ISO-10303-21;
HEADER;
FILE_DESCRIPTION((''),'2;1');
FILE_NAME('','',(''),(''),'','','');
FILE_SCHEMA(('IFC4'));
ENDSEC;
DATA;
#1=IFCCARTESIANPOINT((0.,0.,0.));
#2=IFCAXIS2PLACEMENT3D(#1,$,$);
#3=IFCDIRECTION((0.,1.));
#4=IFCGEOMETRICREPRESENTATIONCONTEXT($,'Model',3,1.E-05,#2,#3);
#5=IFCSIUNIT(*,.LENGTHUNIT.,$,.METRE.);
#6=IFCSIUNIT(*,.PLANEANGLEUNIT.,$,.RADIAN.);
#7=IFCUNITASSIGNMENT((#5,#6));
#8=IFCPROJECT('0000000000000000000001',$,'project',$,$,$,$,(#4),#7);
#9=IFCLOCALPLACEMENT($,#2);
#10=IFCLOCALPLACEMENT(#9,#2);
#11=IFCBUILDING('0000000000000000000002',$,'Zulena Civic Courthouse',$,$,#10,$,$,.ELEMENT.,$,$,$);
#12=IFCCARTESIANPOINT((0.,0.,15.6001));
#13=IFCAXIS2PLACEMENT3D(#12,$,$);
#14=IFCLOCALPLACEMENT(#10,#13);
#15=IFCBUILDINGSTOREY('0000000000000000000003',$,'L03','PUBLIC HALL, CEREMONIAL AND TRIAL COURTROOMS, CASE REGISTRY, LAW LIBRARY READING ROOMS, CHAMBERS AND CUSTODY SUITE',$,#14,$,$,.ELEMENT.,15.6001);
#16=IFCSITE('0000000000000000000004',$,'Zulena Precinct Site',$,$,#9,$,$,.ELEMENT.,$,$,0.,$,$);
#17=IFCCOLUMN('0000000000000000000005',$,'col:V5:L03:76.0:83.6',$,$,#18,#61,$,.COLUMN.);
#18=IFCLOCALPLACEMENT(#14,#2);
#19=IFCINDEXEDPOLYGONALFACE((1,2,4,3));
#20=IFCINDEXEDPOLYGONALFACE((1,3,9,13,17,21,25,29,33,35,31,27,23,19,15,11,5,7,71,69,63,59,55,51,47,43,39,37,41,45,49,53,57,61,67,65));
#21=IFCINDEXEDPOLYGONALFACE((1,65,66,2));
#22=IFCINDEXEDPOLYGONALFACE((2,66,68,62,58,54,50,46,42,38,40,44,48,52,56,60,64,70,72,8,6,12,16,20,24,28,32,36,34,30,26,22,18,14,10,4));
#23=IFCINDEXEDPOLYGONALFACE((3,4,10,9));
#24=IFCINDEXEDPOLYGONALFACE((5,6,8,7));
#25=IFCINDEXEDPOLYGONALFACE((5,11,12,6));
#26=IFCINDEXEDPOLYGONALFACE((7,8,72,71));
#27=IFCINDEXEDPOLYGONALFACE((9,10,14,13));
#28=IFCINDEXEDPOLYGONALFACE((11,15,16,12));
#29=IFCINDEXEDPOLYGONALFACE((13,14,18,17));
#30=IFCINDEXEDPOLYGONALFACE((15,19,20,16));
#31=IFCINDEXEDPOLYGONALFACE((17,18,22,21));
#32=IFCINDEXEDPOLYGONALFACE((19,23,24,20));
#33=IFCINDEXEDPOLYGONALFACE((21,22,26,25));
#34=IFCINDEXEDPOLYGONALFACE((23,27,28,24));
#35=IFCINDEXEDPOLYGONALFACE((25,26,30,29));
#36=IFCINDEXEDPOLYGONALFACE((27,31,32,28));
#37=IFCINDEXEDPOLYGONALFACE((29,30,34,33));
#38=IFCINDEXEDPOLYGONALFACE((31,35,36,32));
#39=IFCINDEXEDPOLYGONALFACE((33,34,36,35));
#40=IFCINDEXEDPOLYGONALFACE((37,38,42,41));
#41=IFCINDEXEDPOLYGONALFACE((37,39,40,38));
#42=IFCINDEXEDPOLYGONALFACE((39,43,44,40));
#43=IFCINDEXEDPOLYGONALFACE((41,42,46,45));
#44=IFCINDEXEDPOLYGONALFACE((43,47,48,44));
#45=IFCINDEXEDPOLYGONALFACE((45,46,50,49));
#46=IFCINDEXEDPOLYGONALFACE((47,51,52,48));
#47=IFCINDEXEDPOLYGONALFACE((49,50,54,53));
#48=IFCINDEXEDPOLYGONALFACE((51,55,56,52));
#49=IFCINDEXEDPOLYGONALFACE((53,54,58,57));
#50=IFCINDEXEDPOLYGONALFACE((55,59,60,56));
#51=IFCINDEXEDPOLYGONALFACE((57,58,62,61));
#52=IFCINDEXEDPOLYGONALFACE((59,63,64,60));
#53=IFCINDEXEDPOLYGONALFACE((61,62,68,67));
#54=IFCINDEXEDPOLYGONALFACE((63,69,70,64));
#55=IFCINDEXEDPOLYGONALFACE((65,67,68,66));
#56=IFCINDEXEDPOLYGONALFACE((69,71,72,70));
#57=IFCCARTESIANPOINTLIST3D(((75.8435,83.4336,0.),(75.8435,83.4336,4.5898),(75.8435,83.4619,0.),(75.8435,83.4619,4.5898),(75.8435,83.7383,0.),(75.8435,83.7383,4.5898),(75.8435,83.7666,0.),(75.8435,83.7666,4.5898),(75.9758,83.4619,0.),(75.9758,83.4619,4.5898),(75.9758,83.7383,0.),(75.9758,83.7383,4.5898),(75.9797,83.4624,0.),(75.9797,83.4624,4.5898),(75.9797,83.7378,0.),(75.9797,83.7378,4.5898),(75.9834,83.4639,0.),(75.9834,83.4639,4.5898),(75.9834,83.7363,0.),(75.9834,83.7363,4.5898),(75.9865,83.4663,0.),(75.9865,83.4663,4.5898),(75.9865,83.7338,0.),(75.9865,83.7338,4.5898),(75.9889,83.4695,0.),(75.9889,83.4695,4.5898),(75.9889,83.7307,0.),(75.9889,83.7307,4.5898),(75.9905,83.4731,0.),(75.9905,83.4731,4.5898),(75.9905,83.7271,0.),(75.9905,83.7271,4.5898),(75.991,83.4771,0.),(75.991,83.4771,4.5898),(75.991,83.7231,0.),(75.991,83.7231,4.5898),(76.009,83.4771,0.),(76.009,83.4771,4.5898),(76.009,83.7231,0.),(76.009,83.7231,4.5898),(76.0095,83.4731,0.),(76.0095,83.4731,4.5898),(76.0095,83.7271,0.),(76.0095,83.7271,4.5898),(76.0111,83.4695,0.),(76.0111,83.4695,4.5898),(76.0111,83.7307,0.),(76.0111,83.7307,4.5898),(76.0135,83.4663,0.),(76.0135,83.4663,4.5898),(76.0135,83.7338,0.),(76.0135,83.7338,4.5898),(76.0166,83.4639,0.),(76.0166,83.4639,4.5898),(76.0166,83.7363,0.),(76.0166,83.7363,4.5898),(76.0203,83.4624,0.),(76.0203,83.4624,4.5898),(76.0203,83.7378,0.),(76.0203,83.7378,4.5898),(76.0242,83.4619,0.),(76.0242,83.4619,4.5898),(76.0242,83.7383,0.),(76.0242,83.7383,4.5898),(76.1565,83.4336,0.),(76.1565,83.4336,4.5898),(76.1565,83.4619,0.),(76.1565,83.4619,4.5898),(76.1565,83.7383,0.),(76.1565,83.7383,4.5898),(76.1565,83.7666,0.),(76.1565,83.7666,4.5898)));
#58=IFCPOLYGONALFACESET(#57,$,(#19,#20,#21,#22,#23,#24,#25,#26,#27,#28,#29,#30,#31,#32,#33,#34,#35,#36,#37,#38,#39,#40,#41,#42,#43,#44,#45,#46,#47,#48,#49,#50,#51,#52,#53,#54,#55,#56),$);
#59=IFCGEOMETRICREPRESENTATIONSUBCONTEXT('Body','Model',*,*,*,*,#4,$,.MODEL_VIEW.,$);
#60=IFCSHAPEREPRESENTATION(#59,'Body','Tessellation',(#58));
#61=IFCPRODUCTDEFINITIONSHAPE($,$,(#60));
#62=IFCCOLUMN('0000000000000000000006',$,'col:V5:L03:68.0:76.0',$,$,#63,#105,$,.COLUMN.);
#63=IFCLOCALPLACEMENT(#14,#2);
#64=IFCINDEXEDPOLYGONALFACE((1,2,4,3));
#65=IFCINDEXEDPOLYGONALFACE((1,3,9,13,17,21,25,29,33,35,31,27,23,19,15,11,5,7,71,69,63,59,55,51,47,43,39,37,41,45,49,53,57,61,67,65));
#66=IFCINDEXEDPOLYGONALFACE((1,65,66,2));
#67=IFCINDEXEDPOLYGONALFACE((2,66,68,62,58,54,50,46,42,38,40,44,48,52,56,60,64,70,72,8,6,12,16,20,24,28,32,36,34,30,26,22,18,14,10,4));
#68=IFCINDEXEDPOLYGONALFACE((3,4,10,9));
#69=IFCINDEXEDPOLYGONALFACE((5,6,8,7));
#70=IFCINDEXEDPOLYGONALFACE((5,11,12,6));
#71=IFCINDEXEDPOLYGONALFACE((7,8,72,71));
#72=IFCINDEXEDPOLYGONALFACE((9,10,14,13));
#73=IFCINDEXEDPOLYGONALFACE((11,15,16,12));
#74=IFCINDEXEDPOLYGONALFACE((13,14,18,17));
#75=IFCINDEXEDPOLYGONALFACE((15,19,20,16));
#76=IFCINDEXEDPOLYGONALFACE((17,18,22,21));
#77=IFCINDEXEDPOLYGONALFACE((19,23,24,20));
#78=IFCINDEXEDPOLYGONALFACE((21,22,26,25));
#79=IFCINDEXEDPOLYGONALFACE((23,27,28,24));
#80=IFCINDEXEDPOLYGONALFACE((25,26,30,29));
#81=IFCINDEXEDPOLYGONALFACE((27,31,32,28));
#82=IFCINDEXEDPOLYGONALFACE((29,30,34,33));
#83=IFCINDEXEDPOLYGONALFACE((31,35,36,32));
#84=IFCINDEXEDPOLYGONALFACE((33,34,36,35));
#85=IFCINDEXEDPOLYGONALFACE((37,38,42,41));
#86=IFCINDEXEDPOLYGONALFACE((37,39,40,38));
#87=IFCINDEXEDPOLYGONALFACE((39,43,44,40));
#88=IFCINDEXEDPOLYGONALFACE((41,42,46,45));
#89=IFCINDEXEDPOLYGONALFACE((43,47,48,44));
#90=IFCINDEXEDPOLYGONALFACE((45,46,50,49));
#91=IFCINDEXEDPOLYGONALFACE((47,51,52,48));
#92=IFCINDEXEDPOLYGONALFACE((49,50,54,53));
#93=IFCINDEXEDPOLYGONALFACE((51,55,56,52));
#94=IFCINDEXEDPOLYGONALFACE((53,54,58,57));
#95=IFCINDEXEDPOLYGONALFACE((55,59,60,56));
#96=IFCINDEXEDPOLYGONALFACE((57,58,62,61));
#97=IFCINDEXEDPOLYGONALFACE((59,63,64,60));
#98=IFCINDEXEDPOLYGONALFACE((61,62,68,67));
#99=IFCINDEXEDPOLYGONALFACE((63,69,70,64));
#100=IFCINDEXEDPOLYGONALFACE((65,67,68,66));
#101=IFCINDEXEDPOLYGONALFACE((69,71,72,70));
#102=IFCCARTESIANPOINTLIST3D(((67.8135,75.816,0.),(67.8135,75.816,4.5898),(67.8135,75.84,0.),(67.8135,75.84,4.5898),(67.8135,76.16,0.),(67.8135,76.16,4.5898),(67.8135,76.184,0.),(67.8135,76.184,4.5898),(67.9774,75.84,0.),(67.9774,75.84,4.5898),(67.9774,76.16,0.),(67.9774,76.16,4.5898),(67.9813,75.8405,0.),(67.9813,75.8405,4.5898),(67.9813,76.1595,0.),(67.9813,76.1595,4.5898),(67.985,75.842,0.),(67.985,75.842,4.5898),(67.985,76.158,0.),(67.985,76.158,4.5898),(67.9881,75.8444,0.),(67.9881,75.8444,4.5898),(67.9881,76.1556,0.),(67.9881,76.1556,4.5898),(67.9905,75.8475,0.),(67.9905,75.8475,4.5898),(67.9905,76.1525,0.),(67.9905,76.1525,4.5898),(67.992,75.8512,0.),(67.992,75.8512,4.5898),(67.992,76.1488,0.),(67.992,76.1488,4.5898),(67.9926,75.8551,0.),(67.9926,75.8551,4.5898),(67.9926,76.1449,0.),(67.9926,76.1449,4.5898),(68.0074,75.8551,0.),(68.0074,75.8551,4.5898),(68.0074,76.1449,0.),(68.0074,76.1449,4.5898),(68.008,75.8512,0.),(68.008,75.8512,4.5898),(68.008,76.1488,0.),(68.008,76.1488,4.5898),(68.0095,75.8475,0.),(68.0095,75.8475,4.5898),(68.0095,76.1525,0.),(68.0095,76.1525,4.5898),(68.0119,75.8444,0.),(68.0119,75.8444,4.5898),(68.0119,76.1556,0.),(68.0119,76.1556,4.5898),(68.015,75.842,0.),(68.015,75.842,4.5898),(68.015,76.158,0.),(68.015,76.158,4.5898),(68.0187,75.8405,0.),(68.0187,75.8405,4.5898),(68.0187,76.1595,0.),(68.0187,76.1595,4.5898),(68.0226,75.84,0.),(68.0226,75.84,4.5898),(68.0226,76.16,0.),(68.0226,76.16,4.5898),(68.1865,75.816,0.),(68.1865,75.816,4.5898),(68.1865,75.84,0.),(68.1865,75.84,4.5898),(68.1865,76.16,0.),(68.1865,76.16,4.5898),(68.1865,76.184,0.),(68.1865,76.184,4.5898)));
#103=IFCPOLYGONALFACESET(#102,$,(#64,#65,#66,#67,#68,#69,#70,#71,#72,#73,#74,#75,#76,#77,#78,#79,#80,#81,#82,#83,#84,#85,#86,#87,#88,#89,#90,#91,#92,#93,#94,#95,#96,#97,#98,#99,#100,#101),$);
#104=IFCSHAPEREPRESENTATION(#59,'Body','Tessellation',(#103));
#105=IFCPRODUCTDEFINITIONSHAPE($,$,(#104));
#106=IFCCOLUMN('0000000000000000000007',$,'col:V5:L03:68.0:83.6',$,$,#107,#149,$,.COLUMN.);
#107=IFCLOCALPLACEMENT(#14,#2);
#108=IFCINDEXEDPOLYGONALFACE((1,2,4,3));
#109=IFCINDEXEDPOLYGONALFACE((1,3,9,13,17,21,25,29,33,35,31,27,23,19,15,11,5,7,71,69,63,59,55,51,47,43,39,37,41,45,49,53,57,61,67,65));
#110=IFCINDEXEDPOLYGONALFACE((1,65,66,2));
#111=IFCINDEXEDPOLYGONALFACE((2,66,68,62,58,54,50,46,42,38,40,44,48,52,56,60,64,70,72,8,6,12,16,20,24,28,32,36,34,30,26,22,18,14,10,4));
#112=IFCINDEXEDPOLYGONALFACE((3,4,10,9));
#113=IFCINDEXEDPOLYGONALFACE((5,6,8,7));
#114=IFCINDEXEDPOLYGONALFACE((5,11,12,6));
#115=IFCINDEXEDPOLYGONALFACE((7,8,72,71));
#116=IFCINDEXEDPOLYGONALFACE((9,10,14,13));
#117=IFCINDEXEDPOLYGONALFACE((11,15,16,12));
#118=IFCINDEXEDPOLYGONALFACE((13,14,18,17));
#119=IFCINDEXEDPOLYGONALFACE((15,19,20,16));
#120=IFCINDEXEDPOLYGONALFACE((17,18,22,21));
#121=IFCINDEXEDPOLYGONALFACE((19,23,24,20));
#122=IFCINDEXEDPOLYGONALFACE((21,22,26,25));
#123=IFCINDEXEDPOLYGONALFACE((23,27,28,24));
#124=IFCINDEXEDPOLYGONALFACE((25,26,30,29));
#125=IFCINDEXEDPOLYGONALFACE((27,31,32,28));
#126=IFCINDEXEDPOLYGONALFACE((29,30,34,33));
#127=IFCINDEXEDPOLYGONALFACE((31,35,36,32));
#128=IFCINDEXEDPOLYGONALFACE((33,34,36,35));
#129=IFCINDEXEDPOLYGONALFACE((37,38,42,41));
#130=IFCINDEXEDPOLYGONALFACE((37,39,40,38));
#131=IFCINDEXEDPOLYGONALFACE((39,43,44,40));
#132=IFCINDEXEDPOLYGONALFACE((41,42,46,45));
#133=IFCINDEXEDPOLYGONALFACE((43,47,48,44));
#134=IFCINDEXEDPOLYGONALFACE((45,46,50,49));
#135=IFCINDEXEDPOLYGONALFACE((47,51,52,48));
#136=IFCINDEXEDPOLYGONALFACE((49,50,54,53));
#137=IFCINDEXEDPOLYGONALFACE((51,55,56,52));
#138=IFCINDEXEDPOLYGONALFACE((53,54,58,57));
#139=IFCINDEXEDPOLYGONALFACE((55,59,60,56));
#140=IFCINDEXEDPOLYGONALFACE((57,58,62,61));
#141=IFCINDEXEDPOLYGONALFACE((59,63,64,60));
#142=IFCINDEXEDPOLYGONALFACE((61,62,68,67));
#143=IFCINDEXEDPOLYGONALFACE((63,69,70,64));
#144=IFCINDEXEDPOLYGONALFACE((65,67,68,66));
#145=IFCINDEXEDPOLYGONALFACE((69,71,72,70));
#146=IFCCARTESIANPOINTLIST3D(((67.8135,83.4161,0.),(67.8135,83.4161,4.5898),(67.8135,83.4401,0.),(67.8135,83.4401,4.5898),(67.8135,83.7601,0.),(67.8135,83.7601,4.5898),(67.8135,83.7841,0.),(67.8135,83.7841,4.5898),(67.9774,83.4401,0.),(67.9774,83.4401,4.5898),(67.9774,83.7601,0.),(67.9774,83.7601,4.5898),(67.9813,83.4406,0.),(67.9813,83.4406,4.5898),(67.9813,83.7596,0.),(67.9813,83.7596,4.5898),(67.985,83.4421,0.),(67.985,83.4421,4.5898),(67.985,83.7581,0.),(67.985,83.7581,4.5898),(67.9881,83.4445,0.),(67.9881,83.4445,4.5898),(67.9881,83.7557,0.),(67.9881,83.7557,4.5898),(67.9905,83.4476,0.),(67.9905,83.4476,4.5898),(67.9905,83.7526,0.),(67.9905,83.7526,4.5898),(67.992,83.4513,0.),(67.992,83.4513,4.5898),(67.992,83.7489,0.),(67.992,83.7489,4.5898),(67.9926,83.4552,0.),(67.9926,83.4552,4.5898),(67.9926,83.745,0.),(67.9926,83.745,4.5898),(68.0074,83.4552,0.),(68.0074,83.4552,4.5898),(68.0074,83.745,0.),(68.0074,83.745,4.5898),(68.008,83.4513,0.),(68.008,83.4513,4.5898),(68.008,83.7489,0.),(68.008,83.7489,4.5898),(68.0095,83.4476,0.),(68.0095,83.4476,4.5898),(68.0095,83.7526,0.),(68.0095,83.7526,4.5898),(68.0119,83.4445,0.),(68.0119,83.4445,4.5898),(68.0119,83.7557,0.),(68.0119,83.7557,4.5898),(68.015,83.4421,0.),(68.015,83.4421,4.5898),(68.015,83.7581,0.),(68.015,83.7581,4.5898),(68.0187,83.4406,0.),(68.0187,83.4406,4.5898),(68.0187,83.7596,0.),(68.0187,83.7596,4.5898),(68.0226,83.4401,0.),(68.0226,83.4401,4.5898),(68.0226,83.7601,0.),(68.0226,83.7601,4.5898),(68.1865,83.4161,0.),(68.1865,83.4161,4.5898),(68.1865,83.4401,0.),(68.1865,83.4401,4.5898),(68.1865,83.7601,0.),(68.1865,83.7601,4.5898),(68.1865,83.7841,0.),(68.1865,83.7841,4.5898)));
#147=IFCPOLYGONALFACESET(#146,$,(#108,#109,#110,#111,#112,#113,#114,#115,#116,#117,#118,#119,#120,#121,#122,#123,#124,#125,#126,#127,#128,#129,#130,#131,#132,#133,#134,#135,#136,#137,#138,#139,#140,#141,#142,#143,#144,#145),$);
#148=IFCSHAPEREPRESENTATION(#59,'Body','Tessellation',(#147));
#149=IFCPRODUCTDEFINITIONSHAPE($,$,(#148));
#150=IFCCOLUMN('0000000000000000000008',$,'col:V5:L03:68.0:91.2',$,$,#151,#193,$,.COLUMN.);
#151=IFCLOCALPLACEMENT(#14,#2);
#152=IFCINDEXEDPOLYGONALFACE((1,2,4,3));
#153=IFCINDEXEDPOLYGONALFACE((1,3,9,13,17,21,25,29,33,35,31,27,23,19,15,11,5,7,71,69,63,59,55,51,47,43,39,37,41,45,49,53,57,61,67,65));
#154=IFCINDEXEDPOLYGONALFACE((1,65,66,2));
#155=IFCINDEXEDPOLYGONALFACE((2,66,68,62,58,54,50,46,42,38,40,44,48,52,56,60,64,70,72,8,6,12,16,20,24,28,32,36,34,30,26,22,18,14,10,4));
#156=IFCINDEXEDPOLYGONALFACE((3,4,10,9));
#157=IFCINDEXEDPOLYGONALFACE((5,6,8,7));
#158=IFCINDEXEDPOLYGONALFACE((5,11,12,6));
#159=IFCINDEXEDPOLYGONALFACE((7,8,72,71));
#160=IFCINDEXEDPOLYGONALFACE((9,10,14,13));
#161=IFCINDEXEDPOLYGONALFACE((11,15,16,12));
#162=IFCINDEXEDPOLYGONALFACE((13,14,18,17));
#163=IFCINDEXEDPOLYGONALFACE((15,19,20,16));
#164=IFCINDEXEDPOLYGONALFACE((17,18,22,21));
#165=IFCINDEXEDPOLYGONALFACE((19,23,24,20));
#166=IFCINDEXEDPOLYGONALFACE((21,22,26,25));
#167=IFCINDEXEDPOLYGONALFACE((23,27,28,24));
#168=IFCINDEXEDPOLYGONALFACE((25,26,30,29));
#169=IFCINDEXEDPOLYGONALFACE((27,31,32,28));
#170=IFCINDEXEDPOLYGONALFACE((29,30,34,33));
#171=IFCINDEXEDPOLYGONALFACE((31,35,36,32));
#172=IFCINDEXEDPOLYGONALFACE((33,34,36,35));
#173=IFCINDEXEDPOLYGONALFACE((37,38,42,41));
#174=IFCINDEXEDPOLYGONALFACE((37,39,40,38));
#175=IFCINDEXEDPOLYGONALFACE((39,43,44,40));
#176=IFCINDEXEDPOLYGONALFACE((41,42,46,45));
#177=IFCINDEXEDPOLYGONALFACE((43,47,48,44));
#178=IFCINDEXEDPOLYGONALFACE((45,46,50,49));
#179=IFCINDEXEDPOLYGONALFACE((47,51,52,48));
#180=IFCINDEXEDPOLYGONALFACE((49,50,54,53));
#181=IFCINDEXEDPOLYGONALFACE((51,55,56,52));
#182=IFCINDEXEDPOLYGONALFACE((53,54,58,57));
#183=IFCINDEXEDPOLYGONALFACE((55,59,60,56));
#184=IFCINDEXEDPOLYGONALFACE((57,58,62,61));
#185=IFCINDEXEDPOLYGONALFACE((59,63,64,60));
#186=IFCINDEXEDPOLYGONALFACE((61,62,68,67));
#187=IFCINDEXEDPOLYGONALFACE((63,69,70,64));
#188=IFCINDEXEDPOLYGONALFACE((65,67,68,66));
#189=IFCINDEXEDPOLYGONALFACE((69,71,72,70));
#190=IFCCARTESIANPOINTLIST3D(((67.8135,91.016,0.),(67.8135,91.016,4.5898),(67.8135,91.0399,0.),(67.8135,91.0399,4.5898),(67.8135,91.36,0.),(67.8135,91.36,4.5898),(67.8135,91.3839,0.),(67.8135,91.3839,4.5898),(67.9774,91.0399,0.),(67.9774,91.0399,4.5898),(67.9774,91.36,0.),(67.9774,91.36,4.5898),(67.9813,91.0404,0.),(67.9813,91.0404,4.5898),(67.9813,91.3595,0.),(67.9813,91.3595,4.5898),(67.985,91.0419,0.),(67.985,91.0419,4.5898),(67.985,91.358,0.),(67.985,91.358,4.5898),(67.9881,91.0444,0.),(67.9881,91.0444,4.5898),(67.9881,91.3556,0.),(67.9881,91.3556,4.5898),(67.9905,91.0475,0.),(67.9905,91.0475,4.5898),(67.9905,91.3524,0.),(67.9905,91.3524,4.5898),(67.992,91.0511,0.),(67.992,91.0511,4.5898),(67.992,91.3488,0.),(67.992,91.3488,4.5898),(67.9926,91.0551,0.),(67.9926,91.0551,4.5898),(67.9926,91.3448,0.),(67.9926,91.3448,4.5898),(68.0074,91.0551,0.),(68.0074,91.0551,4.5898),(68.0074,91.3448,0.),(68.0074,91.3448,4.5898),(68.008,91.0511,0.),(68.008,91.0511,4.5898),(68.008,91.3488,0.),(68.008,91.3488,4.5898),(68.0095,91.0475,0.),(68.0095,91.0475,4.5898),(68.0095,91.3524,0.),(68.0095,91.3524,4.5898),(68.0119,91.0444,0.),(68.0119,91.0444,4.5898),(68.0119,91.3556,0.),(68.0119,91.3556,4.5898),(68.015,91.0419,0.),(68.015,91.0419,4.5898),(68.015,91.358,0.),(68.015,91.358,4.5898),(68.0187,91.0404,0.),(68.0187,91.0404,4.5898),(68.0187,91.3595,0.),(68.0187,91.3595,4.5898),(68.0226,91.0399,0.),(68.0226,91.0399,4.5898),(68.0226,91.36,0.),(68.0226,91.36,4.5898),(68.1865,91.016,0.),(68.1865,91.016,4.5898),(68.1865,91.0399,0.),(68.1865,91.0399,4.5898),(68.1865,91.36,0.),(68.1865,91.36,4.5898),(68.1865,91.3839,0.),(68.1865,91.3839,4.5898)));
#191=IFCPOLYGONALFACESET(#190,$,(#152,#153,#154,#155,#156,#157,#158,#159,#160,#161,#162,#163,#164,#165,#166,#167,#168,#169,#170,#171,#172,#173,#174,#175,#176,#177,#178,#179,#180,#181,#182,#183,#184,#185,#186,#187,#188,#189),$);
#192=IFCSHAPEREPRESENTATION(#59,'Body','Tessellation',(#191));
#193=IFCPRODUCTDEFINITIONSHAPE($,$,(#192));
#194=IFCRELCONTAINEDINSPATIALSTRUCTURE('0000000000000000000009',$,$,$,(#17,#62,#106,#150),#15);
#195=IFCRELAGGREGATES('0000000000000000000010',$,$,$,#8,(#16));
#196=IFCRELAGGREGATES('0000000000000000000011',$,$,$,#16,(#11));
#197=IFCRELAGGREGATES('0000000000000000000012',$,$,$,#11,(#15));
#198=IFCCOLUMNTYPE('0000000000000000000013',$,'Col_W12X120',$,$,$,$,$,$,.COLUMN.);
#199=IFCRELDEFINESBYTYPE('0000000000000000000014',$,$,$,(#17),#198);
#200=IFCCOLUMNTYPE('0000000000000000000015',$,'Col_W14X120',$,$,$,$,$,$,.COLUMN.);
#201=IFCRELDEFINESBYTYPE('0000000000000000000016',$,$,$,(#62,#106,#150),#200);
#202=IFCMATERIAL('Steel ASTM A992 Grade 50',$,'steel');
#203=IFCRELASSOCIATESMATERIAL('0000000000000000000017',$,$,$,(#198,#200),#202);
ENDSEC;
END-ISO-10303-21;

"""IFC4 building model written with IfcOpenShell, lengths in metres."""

from ifc_helpers import new_model, si_unit, direction, frame, origin, origin_2d, place, context, subcontext, project, spatial, i_section, extrude, material, material_profile, profile_set, type_object, element, save


model = new_model("IFC4")

# Units and contexts
model_context = context("Model", 3, precision=1e-05, world=origin(), true_north=direction((0.0, 1.0)))
body_context = subcontext(model_context, "Body", "Model", "MODEL_VIEW")
ifc_project = project(units=[si_unit("LENGTHUNIT", "METRE"), si_unit("PLANEANGLEUNIT", "RADIAN")], contexts=[model_context])

# Site, building, storey
site_placement = place(None, origin())
site = spatial("IfcSite", under=ifc_project, at=site_placement, Name="Zulena Precinct Site", CompositionType="ELEMENT", RefElevation=0.0)
building_placement = place(site_placement, origin())
building = spatial("IfcBuilding", under=site, at=building_placement, Name="Zulena Civic Courthouse", CompositionType="ELEMENT")
storey_placement = place(building_placement, frame((0.0, 0.0, 15.6001)))
storey = spatial("IfcBuildingStorey", under=building, at=storey_placement, Name="L03", Description="PUBLIC HALL, CEREMONIAL AND TRIAL COURTROOMS, CASE REGISTRY, LAW LIBRARY READING ROOMS, CHAMBERS AND CUSTODY SUITE", CompositionType="ELEMENT", Elevation=15.6001)

# Columns
ifc_material_1 = material(Name="Steel ASTM A992 Grade 50", Category="steel")
ifc_material_profile_1 = material_profile(ifc_material_1, i_section(OverallWidth=0.313, OverallDepth=0.333, WebThickness=0.0181, FlangeThickness=0.0283, FilletRadius=0.0151, at=origin_2d()), Name="W12X120")
ifc_profile_set_1 = profile_set([ifc_material_profile_1], Name="Steel ASTM A992 Grade 50")
column_type_1 = type_object("IfcColumnType", Name="Col_W12X120", PredefinedType="COLUMN", material=ifc_profile_set_1)
for number, where, z_axis, x_axis, name in (
    (1, (76.0, 83.6001, 0.0), (0.0, 0.0, 1.0), (1.0, 0.0, 0.0), "col:V5:L03:76.0:83.6"),
):
    element("IfcColumn", number, at=place(storey_placement, frame(where, z_axis=z_axis, x_axis=x_axis)), inside=storey, type_object=column_type_1, Name=name, PredefinedType="COLUMN", context=body_context, shape_type="SweptSolid", body=[
        extrude(i_section(OverallWidth=0.313, OverallDepth=0.333, WebThickness=0.0181, FlangeThickness=0.0283, FilletRadius=0.0151, at=origin_2d()), origin(), (0.0, 0.0, 1.0), 4.5898),
    ])
ifc_material_profile_2 = material_profile(ifc_material_1, i_section(OverallWidth=0.373, OverallDepth=0.3679, WebThickness=0.0149, FlangeThickness=0.0239, FilletRadius=0.0151, at=origin_2d()), Name="W14X120")
ifc_profile_set_2 = profile_set([ifc_material_profile_2], Name="Steel ASTM A992 Grade 50")
column_type_2 = type_object("IfcColumnType", Name="Col_W14X120", PredefinedType="COLUMN", material=ifc_profile_set_2)
for number, where, z_axis, x_axis, name in (
    (2, (68.0, 76.0, 0.0), (0.0, 0.0, 1.0), (1.0, 0.0, 0.0), "col:V5:L03:68.0:76.0"),
    (3, (68.0, 83.6001, 0.0), (0.0, 0.0, 1.0), (1.0, 0.0, 0.0), "col:V5:L03:68.0:83.6"),
    (4, (68.0, 91.2, 0.0), (0.0, 0.0, 1.0), (1.0, 0.0, 0.0), "col:V5:L03:68.0:91.2"),
):
    element("IfcColumn", number, at=place(storey_placement, frame(where, z_axis=z_axis, x_axis=x_axis)), inside=storey, type_object=column_type_2, Name=name, PredefinedType="COLUMN", context=body_context, shape_type="SweptSolid", body=[
        extrude(i_section(OverallWidth=0.373, OverallDepth=0.3679, WebThickness=0.0149, FlangeThickness=0.0239, FilletRadius=0.0151, at=origin_2d()), origin(), (0.0, 0.0, 1.0), 4.5898),
    ])

save(model, "model.ifc")
